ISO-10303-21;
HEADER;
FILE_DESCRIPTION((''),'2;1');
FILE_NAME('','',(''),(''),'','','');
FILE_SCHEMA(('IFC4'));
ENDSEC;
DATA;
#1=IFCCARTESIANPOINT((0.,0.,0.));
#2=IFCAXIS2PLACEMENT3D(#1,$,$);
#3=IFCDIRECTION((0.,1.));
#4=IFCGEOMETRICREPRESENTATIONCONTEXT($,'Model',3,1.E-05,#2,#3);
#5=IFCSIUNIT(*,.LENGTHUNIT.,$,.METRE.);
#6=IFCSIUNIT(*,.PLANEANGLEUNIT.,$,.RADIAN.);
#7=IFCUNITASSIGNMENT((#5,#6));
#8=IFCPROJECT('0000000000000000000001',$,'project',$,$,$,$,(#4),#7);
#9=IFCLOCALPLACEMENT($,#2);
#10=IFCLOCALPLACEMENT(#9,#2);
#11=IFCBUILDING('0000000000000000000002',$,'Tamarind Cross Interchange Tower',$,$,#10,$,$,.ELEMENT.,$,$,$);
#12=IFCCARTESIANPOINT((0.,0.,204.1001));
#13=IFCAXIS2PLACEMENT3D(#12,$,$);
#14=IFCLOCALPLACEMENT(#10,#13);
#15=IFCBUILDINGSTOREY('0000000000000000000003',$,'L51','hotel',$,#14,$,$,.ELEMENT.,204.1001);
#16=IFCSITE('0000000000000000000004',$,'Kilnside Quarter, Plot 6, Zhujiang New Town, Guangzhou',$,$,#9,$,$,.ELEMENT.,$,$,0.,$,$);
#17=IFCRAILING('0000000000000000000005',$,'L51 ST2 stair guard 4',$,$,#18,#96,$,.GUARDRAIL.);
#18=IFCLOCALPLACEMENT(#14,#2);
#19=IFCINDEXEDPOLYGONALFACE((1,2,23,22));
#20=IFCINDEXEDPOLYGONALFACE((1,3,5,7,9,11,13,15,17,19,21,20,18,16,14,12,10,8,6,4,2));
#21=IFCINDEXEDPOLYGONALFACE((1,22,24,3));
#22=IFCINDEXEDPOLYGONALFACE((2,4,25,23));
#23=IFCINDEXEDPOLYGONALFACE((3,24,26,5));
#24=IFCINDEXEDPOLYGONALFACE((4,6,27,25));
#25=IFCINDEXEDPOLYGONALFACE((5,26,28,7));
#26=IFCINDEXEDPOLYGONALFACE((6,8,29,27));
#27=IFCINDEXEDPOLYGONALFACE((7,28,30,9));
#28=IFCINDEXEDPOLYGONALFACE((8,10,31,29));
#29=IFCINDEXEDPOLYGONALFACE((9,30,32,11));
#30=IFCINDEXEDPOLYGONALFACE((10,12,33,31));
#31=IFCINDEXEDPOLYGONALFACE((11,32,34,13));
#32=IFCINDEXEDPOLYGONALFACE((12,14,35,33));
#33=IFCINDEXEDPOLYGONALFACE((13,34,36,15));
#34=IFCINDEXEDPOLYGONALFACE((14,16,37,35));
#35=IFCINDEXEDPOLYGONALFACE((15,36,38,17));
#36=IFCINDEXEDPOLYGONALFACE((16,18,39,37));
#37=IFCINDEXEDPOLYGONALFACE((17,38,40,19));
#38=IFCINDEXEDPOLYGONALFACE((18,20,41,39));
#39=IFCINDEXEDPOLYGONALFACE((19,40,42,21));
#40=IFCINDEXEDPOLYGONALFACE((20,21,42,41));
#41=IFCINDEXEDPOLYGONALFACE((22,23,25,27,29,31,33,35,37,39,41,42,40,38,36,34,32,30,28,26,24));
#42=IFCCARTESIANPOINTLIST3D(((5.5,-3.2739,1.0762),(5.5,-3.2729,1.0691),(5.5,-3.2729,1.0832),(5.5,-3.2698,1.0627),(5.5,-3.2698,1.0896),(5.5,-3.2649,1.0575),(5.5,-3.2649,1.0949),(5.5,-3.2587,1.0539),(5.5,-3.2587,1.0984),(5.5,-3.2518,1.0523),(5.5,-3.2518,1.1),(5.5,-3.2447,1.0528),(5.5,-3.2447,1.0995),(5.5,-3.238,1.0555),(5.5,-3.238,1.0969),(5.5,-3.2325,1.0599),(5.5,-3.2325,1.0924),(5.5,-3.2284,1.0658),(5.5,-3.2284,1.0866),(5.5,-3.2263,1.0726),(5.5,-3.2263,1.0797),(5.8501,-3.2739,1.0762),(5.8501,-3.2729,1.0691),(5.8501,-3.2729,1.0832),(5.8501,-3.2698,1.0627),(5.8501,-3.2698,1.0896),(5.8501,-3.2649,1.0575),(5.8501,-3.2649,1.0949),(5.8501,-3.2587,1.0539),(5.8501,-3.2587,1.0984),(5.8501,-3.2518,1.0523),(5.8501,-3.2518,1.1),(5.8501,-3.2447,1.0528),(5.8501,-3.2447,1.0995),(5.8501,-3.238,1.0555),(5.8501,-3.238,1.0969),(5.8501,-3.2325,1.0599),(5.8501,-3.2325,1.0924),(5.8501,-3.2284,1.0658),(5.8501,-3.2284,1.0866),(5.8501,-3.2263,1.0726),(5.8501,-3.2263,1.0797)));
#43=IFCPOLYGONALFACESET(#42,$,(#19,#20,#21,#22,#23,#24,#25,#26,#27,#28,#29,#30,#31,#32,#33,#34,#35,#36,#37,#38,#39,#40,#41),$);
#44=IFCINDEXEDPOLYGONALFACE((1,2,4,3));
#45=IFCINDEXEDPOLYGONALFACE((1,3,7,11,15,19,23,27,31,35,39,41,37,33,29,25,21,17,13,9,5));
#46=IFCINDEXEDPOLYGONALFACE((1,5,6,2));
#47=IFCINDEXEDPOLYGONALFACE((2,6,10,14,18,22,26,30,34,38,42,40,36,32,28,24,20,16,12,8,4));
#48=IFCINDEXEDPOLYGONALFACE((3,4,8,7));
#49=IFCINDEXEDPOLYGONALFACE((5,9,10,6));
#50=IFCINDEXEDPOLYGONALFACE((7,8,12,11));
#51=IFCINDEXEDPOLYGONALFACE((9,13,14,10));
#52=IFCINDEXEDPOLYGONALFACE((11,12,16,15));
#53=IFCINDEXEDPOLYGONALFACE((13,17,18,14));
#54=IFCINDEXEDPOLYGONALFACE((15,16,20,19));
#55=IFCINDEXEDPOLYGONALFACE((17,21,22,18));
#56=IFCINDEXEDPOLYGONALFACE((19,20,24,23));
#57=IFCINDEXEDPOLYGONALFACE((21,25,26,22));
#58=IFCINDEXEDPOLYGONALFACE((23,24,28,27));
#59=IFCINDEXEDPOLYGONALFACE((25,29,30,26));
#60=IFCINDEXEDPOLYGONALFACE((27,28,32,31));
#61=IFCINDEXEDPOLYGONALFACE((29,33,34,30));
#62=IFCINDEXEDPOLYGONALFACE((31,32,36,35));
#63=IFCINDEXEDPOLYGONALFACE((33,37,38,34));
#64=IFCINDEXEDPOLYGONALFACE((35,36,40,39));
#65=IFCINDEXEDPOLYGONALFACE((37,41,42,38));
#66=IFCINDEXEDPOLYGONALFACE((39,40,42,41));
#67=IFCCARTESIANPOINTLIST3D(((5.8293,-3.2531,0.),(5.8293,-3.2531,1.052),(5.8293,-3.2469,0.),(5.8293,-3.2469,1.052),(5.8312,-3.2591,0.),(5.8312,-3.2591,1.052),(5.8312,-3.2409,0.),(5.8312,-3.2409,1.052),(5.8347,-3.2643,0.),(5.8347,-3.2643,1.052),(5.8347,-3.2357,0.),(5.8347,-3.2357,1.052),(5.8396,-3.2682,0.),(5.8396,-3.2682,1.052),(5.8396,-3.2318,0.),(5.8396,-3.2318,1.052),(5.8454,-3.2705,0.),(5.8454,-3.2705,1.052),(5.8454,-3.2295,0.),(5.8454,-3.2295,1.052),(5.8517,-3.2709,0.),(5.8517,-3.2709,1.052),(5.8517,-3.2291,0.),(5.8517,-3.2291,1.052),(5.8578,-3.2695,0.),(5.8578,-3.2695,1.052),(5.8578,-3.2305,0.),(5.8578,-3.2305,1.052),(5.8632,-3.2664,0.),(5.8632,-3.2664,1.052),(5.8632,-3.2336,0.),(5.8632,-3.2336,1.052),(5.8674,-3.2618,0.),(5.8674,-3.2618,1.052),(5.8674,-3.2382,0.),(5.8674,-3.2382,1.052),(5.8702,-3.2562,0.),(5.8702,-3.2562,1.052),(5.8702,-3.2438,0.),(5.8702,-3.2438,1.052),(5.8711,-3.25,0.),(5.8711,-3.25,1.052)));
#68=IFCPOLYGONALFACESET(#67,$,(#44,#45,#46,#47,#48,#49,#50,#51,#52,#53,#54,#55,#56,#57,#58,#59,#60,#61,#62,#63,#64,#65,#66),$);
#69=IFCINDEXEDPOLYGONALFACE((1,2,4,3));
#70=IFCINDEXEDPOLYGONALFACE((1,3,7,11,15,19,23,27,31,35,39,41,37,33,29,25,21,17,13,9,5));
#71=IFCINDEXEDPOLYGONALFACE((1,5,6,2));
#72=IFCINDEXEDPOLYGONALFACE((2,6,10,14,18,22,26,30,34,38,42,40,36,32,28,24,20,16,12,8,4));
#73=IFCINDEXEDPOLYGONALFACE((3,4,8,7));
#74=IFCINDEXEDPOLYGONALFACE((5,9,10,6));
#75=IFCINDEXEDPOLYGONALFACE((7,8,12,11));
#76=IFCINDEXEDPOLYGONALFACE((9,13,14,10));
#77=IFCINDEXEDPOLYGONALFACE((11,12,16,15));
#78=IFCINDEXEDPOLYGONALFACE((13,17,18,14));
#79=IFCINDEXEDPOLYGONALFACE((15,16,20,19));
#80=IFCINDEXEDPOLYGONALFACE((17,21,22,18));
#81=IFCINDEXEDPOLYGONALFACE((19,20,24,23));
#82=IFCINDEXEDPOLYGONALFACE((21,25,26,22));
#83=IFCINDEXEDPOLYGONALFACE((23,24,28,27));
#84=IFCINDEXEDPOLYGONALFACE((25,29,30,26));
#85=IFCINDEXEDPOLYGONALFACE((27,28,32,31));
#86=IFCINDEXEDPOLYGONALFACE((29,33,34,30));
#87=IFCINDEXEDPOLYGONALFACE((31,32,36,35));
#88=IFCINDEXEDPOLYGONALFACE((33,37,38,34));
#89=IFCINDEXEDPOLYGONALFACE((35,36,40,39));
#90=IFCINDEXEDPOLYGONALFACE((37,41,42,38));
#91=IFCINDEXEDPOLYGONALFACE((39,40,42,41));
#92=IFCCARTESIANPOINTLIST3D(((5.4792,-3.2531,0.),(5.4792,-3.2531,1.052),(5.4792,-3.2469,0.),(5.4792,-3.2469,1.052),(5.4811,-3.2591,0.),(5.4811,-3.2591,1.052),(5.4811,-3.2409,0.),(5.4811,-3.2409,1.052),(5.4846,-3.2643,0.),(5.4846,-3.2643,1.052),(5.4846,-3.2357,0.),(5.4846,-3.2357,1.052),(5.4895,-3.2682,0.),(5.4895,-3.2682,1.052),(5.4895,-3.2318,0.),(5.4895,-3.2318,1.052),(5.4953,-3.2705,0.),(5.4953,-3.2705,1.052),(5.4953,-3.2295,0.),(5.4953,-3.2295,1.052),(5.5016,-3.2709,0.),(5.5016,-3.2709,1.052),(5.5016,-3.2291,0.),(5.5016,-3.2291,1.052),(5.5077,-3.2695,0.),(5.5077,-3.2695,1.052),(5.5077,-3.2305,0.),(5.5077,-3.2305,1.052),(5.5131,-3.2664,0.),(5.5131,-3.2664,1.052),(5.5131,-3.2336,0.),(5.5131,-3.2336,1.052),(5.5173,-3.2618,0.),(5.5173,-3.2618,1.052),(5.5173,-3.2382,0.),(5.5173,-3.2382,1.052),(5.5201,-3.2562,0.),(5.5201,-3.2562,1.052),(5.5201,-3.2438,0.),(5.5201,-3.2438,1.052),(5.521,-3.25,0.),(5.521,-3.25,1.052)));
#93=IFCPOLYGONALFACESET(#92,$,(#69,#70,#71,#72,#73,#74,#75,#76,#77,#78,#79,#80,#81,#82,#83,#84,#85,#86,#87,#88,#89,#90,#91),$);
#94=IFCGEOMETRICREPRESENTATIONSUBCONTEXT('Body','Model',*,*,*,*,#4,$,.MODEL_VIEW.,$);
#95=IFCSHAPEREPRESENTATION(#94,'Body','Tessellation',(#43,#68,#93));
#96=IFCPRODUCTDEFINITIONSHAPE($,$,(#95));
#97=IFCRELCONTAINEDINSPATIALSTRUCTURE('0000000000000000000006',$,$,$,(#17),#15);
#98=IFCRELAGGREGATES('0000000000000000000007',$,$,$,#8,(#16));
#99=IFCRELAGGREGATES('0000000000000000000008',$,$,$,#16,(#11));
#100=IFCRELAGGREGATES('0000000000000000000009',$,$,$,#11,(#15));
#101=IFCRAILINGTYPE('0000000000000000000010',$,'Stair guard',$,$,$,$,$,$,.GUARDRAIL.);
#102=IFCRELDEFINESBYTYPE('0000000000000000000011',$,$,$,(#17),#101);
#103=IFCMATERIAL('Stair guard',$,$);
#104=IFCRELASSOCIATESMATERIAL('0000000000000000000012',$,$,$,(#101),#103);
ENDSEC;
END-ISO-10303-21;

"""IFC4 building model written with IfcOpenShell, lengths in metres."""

from ifc_helpers import new_model, si_unit, direction, frame, origin, origin_2d, place, context, subcontext, project, spatial, circle, extrude, material, type_object, element, save


model = new_model("IFC4")

# Units and contexts
model_context = context("Model", 3, precision=1e-05, world=origin(), true_north=direction((0.0, 1.0)))
body_context = subcontext(model_context, "Body", "Model", "MODEL_VIEW")
ifc_project = project(units=[si_unit("LENGTHUNIT", "METRE"), si_unit("PLANEANGLEUNIT", "RADIAN")], contexts=[model_context])

# Site, building, storey
site_placement = place(None, origin())
site = spatial("IfcSite", under=ifc_project, at=site_placement, Name="Kilnside Quarter, Plot 6, Zhujiang New Town, Guangzhou", CompositionType="ELEMENT", RefElevation=0.0)
building_placement = place(site_placement, origin())
building = spatial("IfcBuilding", under=site, at=building_placement, Name="Tamarind Cross Interchange Tower", CompositionType="ELEMENT")
storey_placement = place(building_placement, frame((0.0, 0.0, 204.1001)))
storey = spatial("IfcBuildingStorey", under=building, at=storey_placement, Name="L51", Description="hotel", CompositionType="ELEMENT", Elevation=204.1001)

# Railing
ifc_material_1 = material(Name="Stair guard")
railing_type_1 = type_object("IfcRailingType", Name="Stair guard", PredefinedType="GUARDRAIL", material=ifc_material_1)
railing_1_placement = place(storey_placement, frame((5.8501, -3.25, 0.0)))
element("IfcRailing", 1, at=railing_1_placement, inside=storey, type_object=railing_type_1, Name="L51 ST2 stair guard 4", PredefinedType="GUARDRAIL", context=body_context, shape_type="SweptSolid", body=[
    extrude(circle(Radius=0.0239, at=origin_2d()), frame((0.0, 0.0, 1.0762), z_axis=(-1.0, 0.0, 0.0), x_axis=(0.0, -1.0, 0.0)), (0.0, 0.0, 1.0), 0.3501),
    extrude(circle(Radius=0.021, at=origin_2d()), origin(), (0.0, 0.0, 1.0), 1.052),
    extrude(circle(Radius=0.021, at=origin_2d()), frame((-0.3501, 0.0, 0.0)), (0.0, 0.0, 1.0), 1.052),
])

save(model, "model.ifc")
